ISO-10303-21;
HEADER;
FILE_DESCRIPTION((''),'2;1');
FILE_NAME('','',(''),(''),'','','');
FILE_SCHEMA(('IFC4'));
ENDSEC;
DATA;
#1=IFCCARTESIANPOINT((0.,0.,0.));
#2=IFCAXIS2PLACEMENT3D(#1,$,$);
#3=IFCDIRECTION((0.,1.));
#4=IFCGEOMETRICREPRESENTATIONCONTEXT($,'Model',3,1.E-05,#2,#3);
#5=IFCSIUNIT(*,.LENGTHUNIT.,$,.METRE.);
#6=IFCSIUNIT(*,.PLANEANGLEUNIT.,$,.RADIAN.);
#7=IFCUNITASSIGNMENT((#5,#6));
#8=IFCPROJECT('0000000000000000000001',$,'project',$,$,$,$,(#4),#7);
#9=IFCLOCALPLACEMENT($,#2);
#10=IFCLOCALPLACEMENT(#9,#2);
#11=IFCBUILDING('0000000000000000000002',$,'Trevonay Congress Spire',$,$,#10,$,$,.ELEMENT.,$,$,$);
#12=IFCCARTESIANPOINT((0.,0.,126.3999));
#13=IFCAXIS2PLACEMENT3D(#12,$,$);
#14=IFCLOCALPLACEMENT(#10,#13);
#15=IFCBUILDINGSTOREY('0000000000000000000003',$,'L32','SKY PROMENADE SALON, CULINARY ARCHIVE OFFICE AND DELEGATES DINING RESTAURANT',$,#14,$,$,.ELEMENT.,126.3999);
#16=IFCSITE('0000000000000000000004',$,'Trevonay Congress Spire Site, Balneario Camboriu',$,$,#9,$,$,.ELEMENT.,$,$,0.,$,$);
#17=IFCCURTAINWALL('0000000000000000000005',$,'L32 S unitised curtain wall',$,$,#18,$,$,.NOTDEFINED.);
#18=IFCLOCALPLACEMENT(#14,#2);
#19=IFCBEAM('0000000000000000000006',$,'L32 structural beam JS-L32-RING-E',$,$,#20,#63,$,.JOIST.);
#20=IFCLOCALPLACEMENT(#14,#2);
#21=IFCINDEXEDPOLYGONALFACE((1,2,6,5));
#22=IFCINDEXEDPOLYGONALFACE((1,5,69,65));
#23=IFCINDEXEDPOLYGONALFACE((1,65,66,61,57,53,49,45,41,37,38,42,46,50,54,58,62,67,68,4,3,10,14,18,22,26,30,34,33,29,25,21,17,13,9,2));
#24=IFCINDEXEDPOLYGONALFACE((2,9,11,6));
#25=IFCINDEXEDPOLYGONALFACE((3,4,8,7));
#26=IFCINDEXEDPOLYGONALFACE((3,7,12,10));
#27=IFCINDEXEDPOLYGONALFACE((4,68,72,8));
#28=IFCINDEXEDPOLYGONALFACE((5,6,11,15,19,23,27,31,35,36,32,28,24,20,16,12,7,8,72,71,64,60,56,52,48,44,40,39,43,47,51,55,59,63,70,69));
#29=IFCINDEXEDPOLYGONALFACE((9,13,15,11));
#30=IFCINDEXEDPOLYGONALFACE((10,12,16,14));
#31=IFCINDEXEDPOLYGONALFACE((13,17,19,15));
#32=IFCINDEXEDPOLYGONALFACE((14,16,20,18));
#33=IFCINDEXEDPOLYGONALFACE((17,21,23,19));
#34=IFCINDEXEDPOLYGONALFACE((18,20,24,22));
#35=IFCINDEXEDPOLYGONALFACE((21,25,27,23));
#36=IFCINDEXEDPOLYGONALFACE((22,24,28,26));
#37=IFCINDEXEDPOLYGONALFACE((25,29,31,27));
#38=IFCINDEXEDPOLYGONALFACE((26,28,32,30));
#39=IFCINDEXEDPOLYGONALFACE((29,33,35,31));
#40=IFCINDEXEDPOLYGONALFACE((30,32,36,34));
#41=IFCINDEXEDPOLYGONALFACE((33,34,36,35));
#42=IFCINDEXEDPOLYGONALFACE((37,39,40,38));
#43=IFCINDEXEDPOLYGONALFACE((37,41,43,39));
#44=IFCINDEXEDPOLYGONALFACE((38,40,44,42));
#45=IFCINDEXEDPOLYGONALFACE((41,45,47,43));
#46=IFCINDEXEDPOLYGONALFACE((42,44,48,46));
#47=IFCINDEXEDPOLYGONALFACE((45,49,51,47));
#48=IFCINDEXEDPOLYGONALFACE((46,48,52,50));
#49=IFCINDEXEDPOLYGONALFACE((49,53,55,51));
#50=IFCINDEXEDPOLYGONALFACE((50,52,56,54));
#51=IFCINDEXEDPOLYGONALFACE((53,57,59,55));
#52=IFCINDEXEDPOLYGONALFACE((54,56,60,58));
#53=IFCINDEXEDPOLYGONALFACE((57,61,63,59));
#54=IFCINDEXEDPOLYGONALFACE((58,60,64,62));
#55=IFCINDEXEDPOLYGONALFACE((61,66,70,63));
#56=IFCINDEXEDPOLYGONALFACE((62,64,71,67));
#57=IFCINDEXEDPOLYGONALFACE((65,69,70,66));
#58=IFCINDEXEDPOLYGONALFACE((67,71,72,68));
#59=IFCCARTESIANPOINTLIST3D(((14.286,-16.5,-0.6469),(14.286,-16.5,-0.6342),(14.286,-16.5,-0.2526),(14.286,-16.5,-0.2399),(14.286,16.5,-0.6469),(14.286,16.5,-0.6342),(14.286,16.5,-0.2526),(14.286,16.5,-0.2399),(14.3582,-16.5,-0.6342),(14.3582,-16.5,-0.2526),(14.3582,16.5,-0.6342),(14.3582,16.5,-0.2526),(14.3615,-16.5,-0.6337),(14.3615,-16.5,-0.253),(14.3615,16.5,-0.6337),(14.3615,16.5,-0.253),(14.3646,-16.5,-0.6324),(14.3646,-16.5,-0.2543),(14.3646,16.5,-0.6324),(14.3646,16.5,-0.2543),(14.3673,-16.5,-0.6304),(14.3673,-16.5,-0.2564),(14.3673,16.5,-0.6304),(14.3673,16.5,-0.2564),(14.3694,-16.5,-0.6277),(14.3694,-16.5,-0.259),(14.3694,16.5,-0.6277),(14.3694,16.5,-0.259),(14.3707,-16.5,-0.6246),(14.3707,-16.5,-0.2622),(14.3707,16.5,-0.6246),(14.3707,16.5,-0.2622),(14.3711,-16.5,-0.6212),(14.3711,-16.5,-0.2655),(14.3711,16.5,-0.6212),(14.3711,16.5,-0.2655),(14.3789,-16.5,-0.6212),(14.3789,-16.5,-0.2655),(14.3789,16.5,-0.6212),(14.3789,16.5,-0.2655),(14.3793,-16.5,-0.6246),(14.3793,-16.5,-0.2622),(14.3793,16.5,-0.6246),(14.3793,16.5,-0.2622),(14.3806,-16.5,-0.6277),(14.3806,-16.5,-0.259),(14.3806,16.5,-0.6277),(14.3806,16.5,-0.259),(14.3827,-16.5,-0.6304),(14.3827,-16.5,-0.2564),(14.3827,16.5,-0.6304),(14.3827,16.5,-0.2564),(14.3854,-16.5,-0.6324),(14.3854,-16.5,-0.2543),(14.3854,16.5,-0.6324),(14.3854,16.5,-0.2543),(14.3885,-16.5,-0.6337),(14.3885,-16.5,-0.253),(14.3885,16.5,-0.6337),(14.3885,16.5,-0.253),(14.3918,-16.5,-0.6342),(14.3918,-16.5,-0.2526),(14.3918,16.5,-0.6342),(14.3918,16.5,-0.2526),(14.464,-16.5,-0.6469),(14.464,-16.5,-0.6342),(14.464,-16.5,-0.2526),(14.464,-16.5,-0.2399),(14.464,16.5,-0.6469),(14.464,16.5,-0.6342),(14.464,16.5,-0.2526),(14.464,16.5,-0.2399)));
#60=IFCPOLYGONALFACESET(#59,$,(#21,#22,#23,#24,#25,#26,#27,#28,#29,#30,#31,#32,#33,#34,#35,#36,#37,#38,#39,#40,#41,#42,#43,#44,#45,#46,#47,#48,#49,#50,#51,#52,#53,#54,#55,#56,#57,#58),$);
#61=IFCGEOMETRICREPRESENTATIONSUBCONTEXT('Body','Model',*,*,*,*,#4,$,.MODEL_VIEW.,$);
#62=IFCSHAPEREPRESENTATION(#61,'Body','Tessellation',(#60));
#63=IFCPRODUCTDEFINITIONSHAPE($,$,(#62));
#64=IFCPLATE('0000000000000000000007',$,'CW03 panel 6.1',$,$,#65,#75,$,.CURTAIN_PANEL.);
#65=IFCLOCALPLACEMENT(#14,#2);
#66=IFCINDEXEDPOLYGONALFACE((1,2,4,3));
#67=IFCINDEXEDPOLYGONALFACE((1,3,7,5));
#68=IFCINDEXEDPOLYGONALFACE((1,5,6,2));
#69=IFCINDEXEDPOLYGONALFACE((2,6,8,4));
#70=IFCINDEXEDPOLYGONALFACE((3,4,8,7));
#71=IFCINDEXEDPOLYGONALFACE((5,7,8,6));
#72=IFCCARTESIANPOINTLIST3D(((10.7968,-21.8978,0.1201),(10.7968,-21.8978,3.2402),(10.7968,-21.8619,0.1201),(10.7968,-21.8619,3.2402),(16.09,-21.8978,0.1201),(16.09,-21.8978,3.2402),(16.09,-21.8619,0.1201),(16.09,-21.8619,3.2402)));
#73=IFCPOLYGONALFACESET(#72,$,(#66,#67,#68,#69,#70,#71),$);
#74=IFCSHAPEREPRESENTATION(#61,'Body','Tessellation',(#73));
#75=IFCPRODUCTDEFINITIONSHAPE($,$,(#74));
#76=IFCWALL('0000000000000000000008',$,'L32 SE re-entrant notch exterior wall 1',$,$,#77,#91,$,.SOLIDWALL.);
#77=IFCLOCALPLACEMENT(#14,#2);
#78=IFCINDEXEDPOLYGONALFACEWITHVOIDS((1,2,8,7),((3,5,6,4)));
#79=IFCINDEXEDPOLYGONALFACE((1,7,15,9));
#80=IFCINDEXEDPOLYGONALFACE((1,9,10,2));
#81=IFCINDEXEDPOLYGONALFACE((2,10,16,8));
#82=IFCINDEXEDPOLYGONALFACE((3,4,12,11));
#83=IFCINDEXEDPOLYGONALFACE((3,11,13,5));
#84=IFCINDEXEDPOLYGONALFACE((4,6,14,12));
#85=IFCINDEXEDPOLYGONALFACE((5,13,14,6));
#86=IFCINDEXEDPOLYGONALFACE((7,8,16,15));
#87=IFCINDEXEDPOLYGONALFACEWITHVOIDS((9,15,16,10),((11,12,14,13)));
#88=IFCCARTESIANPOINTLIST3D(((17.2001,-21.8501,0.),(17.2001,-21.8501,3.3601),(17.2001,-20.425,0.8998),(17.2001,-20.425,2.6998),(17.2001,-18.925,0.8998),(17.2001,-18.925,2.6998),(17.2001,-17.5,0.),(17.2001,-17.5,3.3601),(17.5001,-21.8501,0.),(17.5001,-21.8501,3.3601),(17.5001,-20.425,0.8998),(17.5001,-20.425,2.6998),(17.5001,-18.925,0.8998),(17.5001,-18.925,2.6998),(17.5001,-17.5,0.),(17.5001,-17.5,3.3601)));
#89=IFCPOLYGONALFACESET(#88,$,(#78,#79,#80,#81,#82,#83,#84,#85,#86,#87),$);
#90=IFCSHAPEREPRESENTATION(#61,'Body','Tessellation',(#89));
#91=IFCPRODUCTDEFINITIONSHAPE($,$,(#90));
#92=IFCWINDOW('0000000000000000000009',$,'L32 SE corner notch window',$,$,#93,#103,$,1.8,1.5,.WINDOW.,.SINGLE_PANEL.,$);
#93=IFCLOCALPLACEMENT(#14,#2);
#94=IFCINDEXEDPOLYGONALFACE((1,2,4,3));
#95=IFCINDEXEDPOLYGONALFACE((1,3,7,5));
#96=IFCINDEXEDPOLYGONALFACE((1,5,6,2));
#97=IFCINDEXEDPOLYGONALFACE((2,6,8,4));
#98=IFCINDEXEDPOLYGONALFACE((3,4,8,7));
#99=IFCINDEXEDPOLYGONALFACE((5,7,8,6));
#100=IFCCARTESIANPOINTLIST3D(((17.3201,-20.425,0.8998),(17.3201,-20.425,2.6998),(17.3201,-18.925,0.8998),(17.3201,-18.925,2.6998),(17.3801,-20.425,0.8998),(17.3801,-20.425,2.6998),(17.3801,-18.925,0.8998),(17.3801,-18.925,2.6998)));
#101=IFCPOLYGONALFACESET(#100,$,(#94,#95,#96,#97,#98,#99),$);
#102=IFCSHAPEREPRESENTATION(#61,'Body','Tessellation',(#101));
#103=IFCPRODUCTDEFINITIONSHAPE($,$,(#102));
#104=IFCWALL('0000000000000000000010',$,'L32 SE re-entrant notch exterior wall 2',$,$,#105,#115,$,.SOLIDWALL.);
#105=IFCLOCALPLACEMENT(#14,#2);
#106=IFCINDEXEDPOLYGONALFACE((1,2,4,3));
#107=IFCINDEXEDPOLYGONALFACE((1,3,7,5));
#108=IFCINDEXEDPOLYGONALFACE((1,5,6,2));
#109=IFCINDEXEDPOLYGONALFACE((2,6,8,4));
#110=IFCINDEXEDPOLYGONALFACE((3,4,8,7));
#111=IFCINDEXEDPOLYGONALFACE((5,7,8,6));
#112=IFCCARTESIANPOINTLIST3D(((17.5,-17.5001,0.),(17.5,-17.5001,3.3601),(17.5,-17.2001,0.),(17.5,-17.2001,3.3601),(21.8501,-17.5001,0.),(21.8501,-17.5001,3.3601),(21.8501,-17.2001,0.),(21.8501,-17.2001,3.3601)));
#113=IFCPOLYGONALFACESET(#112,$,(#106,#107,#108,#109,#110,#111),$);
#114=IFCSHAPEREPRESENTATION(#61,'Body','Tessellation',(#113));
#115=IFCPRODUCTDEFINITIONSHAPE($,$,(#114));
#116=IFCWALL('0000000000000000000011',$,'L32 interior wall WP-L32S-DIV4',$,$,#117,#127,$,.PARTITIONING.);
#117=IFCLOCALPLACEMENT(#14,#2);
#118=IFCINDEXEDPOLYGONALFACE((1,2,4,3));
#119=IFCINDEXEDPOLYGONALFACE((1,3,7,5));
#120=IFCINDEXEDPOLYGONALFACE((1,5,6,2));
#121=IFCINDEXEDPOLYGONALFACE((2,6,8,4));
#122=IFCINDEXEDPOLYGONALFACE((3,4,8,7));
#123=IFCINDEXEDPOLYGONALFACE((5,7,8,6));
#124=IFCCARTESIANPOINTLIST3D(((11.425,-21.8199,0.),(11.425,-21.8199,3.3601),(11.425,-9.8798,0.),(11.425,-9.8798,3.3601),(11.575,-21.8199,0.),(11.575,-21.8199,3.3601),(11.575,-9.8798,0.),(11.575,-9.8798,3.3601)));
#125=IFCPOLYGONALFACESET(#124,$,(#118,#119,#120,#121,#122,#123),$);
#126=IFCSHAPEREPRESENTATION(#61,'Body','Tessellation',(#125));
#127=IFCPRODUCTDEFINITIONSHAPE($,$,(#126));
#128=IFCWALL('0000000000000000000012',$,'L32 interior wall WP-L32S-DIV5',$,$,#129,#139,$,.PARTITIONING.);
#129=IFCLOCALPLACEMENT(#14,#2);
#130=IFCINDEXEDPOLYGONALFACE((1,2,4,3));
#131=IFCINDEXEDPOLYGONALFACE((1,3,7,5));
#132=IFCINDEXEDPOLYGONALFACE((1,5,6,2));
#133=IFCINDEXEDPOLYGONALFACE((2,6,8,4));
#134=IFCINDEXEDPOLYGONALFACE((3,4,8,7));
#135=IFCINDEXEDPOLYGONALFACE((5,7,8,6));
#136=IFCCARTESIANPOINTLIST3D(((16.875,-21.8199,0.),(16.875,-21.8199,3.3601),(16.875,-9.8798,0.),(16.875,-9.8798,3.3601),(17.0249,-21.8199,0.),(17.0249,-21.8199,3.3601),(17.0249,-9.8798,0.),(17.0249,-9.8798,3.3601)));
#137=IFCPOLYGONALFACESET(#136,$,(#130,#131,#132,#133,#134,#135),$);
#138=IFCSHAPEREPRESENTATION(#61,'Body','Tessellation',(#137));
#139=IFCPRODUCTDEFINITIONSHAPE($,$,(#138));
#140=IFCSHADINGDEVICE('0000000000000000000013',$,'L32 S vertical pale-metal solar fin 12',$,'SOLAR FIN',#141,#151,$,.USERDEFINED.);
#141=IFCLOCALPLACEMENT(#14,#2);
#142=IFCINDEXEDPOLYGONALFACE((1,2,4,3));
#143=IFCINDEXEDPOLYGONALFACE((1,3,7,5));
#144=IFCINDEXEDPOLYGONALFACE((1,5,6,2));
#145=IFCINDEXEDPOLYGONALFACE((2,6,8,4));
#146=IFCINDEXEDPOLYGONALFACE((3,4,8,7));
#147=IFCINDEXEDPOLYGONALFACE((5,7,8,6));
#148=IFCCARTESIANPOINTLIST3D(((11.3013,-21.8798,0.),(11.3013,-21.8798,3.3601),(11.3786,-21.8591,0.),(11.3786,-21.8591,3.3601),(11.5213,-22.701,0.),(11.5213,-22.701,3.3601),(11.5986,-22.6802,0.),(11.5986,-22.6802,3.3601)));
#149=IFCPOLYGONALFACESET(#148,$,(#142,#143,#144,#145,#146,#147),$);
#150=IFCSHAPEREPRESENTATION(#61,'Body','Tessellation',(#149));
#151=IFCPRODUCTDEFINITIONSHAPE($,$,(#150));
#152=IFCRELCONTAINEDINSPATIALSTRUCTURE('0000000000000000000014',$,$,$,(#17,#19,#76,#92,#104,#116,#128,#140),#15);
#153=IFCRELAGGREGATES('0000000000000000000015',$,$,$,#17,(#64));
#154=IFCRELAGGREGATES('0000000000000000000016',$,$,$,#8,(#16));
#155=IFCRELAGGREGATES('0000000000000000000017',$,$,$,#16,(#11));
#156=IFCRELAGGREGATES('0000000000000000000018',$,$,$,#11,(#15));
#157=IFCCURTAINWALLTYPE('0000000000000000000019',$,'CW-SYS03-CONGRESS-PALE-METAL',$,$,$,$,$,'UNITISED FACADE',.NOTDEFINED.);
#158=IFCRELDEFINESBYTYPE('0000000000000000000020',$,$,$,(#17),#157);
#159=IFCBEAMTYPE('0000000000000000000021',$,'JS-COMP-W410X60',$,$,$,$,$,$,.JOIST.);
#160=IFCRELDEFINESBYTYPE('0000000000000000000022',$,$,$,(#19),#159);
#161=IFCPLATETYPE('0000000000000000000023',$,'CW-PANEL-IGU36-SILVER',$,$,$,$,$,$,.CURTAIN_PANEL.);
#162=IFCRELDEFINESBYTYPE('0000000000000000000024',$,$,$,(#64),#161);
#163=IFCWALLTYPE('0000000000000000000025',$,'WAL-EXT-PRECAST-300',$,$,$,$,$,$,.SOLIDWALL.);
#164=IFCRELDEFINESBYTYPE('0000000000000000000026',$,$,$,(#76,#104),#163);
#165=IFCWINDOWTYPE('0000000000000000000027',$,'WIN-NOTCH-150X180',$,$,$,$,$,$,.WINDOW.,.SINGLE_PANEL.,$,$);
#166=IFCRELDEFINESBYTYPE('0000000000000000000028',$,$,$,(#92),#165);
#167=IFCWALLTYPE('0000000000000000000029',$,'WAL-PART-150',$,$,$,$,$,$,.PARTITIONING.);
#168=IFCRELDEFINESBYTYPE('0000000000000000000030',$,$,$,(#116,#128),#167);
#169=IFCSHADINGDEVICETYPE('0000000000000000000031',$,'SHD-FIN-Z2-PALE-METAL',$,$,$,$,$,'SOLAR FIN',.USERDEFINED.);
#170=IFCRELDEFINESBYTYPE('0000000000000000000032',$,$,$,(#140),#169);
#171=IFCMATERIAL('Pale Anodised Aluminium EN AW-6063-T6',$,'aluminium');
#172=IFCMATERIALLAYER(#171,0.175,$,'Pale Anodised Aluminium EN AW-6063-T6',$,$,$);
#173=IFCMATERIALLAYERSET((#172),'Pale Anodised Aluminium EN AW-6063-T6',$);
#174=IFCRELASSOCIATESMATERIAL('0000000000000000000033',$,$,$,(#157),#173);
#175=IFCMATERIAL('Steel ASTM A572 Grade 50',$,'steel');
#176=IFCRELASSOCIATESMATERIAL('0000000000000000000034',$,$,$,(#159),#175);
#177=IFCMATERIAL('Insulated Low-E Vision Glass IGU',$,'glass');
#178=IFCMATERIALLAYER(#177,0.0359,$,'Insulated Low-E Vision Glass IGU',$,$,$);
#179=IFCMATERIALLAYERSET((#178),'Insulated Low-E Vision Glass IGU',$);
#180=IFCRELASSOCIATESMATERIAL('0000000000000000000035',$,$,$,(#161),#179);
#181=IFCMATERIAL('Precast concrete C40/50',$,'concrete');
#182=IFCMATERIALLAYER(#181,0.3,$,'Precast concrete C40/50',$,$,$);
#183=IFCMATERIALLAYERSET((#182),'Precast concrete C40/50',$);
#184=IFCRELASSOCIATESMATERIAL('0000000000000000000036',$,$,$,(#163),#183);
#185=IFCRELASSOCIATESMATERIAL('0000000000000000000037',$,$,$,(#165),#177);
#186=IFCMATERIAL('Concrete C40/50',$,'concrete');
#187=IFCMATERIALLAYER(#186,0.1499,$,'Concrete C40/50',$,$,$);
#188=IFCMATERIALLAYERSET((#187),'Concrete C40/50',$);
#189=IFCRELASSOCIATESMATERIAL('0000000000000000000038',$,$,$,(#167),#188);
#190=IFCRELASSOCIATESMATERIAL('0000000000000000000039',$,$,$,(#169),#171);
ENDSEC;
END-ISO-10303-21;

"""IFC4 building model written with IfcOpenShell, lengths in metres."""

from ifc_helpers import new_model, si_unit, direction, frame, frame_2d, origin, origin_2d, place, context, subcontext, project, spatial, rectangle, i_section, extrude, material, layer, layer_set, material_profile, profile_set, type_object, element, fill, aggregate, save


model = new_model("IFC4")

# Units and contexts
model_context = context("Model", 3, precision=1e-05, world=origin(), true_north=direction((0.0, 1.0)))
body_context = subcontext(model_context, "Body", "Model", "MODEL_VIEW")
ifc_project = project(units=[si_unit("LENGTHUNIT", "METRE"), si_unit("PLANEANGLEUNIT", "RADIAN")], contexts=[model_context])

# Site, building, storey
site_placement = place(None, origin())
site = spatial("IfcSite", under=ifc_project, at=site_placement, Name="Trevonay Congress Spire Site, Balneario Camboriu", CompositionType="ELEMENT", RefElevation=0.0)
building_placement = place(site_placement, origin())
building = spatial("IfcBuilding", under=site, at=building_placement, Name="Trevonay Congress Spire", CompositionType="ELEMENT")
storey_placement = place(building_placement, frame((0.0, 0.0, 126.3999)))
storey = spatial("IfcBuildingStorey", under=building, at=storey_placement, Name="L32", Description="SKY PROMENADE SALON, CULINARY ARCHIVE OFFICE AND DELEGATES DINING RESTAURANT", CompositionType="ELEMENT", Elevation=126.3999)

# Shared definitions
ifc_material_1 = material(Name="Steel ASTM A572 Grade 50", Category="steel")

# Curtain wall
ifc_material_2 = material(Name="Pale Anodised Aluminium EN AW-6063-T6", Category="aluminium")
ifc_layer_1 = layer(ifc_material_2, 0.175, Name="Pale Anodised Aluminium EN AW-6063-T6")
ifc_layer_set_1 = layer_set([ifc_layer_1], Name="Pale Anodised Aluminium EN AW-6063-T6")
curtain_wall_type = type_object("IfcCurtainWallType", Name="CW-SYS03-CONGRESS-PALE-METAL", ElementType="UNITISED FACADE", PredefinedType="NOTDEFINED", material=ifc_layer_set_1)
curtain_wall_1_placement = place(storey_placement, origin())
curtain_wall_1 = element("IfcCurtainWall", 1, at=curtain_wall_1_placement, inside=storey, type_object=curtain_wall_type, Name="L32 S unitised curtain wall", PredefinedType="NOTDEFINED")

# Beam
ifc_material_profile_1 = material_profile(ifc_material_1, i_section(OverallWidth=0.178, OverallDepth=0.407, WebThickness=0.0078, FlangeThickness=0.0127, FilletRadius=0.0129, at=origin_2d()), Name="W410x60")
ifc_profile_set_1 = profile_set([ifc_material_profile_1], Name="Steel ASTM A572 Grade 50")
beam_type_1 = type_object("IfcBeamType", Name="JS-COMP-W410X60", PredefinedType="JOIST", material=ifc_profile_set_1)
beam_placement = place(storey_placement, frame((14.375, -16.5, -0.4434), z_axis=(0.0, 1.0, 0.0), x_axis=(-1.0, 0.0, 0.0)))
element("IfcBeam", 2, at=beam_placement, inside=storey, type_object=beam_type_1, Name="L32 structural beam JS-L32-RING-E", PredefinedType="JOIST", context=body_context, shape_type="SweptSolid", body=[
    extrude(i_section(OverallWidth=0.178, OverallDepth=0.407, WebThickness=0.0078, FlangeThickness=0.0127, FilletRadius=0.0129, at=origin_2d()), origin(), (0.0, 0.0, 1.0), 33.0),
])

# Plate
ifc_material_3 = material(Name="Insulated Low-E Vision Glass IGU", Category="glass")
ifc_layer_2 = layer(ifc_material_3, 0.0359, Name="Insulated Low-E Vision Glass IGU")
ifc_layer_set_2 = layer_set([ifc_layer_2], Name="Insulated Low-E Vision Glass IGU")
plate_type = type_object("IfcPlateType", Name="CW-PANEL-IGU36-SILVER", PredefinedType="CURTAIN_PANEL", material=ifc_layer_set_2)
plate_placement = place(storey_placement, frame((13.4434, -21.8799, 0.1201), z_axis=(0.0, 0.0, 1.0), x_axis=(1.0, 0.0, 0.0)))
plate = element("IfcPlate", 3, at=plate_placement, type_object=plate_type, Name="CW03 panel 6.1", PredefinedType="CURTAIN_PANEL", context=body_context, shape_type="SweptSolid", body=[
    extrude(rectangle(XDim=5.2932, YDim=0.0359, at=origin_2d()), origin(), (0.0, 0.0, 1.0), 3.1201),
])
aggregate(curtain_wall_1, [plate])

# Wall, opening, window
ifc_material_4 = material(Name="Precast concrete C40/50", Category="concrete")
ifc_layer_3 = layer(ifc_material_4, 0.3, Name="Precast concrete C40/50")
ifc_layer_set_3 = layer_set([ifc_layer_3], Name="Precast concrete C40/50")
wall_type_1 = type_object("IfcWallType", Name="WAL-EXT-PRECAST-300", PredefinedType="SOLIDWALL", material=ifc_layer_set_3)
wall_1_placement = place(storey_placement, frame((17.3501, -21.8501, 0.0), z_axis=(0.0, 0.0, 1.0), x_axis=(0.0, 1.0, 0.0)))
wall_1 = element("IfcWall", 4, at=wall_1_placement, inside=storey, type_object=wall_type_1, Name="L32 SE re-entrant notch exterior wall 1", PredefinedType="SOLIDWALL", context=body_context, shape_type="SweptSolid", body=[
    extrude(rectangle(XDim=4.3501, YDim=0.3, at=frame_2d((2.175, 0.0))), origin(), (0.0, 0.0, 1.0), 3.3601),
])
opening_placement = place(wall_1_placement, frame((1.425, 0.0, 0.8999)))
opening = element("IfcOpeningElement", 5, at=opening_placement, cuts=wall_1, PredefinedType="OPENING", context=body_context, shape_type="SweptSolid", body=[
    extrude(rectangle(XDim=1.5, YDim=1.8, at=frame_2d((0.75, 0.8999))), frame((0.0, 0.1602, 0.0), z_axis=(0.0, -1.0, 0.0), x_axis=(1.0, 0.0, 0.0)), (0.0, 0.0, 1.0), 0.3201),
])
window_type = type_object("IfcWindowType", Name="WIN-NOTCH-150X180", PartitioningType="SINGLE_PANEL", PredefinedType="WINDOW", material=ifc_material_3)
window_placement = place(opening_placement, origin())
window = element("IfcWindow", 6, at=window_placement, inside=storey, type_object=window_type, Name="L32 SE corner notch window", OverallHeight=1.8, OverallWidth=1.5, PartitioningType="SINGLE_PANEL", PredefinedType="WINDOW", context=body_context, shape_type="SweptSolid", body=[
    extrude(rectangle(XDim=1.5, YDim=1.8, at=frame_2d((0.75, 0.8999))), frame((0.0, 0.03, 0.0), z_axis=(0.0, -1.0, 0.0), x_axis=(1.0, 0.0, 0.0)), (0.0, 0.0, 1.0), 0.0601),
])
fill(opening, window)

# Walls
wall_2_placement = place(storey_placement, frame((21.8501, -17.3501, 0.0), z_axis=(0.0, 0.0, 1.0), x_axis=(-1.0, 0.0, 0.0)))
element("IfcWall", 7, at=wall_2_placement, inside=storey, type_object=wall_type_1, Name="L32 SE re-entrant notch exterior wall 2", PredefinedType="SOLIDWALL", context=body_context, shape_type="SweptSolid", body=[
    extrude(rectangle(XDim=4.3501, YDim=0.3, at=frame_2d((2.175, 0.0))), origin(), (0.0, 0.0, 1.0), 3.3601),
])
ifc_material_5 = material(Name="Concrete C40/50", Category="concrete")
ifc_layer_4 = layer(ifc_material_5, 0.1499, Name="Concrete C40/50")
ifc_layer_set_4 = layer_set([ifc_layer_4], Name="Concrete C40/50")
wall_type_2 = type_object("IfcWallType", Name="WAL-PART-150", PredefinedType="PARTITIONING", material=ifc_layer_set_4)
for number, where, z_axis, x_axis, name in (
    (8, (11.5, -21.8201, 0.0), (0.0, 0.0, 1.0), (0.0, 1.0, 0.0), "L32 interior wall WP-L32S-DIV4"),
    (9, (16.95, -21.8201, 0.0), (0.0, 0.0, 1.0), (0.0, 1.0, 0.0), "L32 interior wall WP-L32S-DIV5"),
):
    element("IfcWall", number, at=place(storey_placement, frame(where, z_axis=z_axis, x_axis=x_axis)), inside=storey, type_object=wall_type_2, Name=name, PredefinedType="PARTITIONING", context=body_context, shape_type="SweptSolid", body=[
        extrude(rectangle(XDim=11.9402, YDim=0.1499, at=frame_2d((5.9702, 0.0))), origin(), (0.0, 0.0, 1.0), 3.3601),
    ])

# Shading device
shading_device_type = type_object("IfcShadingDeviceType", Name="SHD-FIN-Z2-PALE-METAL", ElementType="SOLAR FIN", PredefinedType="USERDEFINED", material=ifc_material_2)
shading_device_placement = place(storey_placement, frame((11.45, -22.28, 0.0), z_axis=(0.0, 0.0, 1.0), x_axis=(0.965926, 0.258819, 0.0)))
element("IfcShadingDevice", 10, at=shading_device_placement, inside=storey, type_object=shading_device_type, Name="L32 S vertical pale-metal solar fin 12", ObjectType="SOLAR FIN", PredefinedType="USERDEFINED", context=body_context, shape_type="SweptSolid", body=[
    extrude(rectangle(XDim=0.0801, YDim=0.8501, at=origin_2d()), origin(), (0.0, 0.0, 1.0), 3.3601),
])

save(model, "model.ifc")
